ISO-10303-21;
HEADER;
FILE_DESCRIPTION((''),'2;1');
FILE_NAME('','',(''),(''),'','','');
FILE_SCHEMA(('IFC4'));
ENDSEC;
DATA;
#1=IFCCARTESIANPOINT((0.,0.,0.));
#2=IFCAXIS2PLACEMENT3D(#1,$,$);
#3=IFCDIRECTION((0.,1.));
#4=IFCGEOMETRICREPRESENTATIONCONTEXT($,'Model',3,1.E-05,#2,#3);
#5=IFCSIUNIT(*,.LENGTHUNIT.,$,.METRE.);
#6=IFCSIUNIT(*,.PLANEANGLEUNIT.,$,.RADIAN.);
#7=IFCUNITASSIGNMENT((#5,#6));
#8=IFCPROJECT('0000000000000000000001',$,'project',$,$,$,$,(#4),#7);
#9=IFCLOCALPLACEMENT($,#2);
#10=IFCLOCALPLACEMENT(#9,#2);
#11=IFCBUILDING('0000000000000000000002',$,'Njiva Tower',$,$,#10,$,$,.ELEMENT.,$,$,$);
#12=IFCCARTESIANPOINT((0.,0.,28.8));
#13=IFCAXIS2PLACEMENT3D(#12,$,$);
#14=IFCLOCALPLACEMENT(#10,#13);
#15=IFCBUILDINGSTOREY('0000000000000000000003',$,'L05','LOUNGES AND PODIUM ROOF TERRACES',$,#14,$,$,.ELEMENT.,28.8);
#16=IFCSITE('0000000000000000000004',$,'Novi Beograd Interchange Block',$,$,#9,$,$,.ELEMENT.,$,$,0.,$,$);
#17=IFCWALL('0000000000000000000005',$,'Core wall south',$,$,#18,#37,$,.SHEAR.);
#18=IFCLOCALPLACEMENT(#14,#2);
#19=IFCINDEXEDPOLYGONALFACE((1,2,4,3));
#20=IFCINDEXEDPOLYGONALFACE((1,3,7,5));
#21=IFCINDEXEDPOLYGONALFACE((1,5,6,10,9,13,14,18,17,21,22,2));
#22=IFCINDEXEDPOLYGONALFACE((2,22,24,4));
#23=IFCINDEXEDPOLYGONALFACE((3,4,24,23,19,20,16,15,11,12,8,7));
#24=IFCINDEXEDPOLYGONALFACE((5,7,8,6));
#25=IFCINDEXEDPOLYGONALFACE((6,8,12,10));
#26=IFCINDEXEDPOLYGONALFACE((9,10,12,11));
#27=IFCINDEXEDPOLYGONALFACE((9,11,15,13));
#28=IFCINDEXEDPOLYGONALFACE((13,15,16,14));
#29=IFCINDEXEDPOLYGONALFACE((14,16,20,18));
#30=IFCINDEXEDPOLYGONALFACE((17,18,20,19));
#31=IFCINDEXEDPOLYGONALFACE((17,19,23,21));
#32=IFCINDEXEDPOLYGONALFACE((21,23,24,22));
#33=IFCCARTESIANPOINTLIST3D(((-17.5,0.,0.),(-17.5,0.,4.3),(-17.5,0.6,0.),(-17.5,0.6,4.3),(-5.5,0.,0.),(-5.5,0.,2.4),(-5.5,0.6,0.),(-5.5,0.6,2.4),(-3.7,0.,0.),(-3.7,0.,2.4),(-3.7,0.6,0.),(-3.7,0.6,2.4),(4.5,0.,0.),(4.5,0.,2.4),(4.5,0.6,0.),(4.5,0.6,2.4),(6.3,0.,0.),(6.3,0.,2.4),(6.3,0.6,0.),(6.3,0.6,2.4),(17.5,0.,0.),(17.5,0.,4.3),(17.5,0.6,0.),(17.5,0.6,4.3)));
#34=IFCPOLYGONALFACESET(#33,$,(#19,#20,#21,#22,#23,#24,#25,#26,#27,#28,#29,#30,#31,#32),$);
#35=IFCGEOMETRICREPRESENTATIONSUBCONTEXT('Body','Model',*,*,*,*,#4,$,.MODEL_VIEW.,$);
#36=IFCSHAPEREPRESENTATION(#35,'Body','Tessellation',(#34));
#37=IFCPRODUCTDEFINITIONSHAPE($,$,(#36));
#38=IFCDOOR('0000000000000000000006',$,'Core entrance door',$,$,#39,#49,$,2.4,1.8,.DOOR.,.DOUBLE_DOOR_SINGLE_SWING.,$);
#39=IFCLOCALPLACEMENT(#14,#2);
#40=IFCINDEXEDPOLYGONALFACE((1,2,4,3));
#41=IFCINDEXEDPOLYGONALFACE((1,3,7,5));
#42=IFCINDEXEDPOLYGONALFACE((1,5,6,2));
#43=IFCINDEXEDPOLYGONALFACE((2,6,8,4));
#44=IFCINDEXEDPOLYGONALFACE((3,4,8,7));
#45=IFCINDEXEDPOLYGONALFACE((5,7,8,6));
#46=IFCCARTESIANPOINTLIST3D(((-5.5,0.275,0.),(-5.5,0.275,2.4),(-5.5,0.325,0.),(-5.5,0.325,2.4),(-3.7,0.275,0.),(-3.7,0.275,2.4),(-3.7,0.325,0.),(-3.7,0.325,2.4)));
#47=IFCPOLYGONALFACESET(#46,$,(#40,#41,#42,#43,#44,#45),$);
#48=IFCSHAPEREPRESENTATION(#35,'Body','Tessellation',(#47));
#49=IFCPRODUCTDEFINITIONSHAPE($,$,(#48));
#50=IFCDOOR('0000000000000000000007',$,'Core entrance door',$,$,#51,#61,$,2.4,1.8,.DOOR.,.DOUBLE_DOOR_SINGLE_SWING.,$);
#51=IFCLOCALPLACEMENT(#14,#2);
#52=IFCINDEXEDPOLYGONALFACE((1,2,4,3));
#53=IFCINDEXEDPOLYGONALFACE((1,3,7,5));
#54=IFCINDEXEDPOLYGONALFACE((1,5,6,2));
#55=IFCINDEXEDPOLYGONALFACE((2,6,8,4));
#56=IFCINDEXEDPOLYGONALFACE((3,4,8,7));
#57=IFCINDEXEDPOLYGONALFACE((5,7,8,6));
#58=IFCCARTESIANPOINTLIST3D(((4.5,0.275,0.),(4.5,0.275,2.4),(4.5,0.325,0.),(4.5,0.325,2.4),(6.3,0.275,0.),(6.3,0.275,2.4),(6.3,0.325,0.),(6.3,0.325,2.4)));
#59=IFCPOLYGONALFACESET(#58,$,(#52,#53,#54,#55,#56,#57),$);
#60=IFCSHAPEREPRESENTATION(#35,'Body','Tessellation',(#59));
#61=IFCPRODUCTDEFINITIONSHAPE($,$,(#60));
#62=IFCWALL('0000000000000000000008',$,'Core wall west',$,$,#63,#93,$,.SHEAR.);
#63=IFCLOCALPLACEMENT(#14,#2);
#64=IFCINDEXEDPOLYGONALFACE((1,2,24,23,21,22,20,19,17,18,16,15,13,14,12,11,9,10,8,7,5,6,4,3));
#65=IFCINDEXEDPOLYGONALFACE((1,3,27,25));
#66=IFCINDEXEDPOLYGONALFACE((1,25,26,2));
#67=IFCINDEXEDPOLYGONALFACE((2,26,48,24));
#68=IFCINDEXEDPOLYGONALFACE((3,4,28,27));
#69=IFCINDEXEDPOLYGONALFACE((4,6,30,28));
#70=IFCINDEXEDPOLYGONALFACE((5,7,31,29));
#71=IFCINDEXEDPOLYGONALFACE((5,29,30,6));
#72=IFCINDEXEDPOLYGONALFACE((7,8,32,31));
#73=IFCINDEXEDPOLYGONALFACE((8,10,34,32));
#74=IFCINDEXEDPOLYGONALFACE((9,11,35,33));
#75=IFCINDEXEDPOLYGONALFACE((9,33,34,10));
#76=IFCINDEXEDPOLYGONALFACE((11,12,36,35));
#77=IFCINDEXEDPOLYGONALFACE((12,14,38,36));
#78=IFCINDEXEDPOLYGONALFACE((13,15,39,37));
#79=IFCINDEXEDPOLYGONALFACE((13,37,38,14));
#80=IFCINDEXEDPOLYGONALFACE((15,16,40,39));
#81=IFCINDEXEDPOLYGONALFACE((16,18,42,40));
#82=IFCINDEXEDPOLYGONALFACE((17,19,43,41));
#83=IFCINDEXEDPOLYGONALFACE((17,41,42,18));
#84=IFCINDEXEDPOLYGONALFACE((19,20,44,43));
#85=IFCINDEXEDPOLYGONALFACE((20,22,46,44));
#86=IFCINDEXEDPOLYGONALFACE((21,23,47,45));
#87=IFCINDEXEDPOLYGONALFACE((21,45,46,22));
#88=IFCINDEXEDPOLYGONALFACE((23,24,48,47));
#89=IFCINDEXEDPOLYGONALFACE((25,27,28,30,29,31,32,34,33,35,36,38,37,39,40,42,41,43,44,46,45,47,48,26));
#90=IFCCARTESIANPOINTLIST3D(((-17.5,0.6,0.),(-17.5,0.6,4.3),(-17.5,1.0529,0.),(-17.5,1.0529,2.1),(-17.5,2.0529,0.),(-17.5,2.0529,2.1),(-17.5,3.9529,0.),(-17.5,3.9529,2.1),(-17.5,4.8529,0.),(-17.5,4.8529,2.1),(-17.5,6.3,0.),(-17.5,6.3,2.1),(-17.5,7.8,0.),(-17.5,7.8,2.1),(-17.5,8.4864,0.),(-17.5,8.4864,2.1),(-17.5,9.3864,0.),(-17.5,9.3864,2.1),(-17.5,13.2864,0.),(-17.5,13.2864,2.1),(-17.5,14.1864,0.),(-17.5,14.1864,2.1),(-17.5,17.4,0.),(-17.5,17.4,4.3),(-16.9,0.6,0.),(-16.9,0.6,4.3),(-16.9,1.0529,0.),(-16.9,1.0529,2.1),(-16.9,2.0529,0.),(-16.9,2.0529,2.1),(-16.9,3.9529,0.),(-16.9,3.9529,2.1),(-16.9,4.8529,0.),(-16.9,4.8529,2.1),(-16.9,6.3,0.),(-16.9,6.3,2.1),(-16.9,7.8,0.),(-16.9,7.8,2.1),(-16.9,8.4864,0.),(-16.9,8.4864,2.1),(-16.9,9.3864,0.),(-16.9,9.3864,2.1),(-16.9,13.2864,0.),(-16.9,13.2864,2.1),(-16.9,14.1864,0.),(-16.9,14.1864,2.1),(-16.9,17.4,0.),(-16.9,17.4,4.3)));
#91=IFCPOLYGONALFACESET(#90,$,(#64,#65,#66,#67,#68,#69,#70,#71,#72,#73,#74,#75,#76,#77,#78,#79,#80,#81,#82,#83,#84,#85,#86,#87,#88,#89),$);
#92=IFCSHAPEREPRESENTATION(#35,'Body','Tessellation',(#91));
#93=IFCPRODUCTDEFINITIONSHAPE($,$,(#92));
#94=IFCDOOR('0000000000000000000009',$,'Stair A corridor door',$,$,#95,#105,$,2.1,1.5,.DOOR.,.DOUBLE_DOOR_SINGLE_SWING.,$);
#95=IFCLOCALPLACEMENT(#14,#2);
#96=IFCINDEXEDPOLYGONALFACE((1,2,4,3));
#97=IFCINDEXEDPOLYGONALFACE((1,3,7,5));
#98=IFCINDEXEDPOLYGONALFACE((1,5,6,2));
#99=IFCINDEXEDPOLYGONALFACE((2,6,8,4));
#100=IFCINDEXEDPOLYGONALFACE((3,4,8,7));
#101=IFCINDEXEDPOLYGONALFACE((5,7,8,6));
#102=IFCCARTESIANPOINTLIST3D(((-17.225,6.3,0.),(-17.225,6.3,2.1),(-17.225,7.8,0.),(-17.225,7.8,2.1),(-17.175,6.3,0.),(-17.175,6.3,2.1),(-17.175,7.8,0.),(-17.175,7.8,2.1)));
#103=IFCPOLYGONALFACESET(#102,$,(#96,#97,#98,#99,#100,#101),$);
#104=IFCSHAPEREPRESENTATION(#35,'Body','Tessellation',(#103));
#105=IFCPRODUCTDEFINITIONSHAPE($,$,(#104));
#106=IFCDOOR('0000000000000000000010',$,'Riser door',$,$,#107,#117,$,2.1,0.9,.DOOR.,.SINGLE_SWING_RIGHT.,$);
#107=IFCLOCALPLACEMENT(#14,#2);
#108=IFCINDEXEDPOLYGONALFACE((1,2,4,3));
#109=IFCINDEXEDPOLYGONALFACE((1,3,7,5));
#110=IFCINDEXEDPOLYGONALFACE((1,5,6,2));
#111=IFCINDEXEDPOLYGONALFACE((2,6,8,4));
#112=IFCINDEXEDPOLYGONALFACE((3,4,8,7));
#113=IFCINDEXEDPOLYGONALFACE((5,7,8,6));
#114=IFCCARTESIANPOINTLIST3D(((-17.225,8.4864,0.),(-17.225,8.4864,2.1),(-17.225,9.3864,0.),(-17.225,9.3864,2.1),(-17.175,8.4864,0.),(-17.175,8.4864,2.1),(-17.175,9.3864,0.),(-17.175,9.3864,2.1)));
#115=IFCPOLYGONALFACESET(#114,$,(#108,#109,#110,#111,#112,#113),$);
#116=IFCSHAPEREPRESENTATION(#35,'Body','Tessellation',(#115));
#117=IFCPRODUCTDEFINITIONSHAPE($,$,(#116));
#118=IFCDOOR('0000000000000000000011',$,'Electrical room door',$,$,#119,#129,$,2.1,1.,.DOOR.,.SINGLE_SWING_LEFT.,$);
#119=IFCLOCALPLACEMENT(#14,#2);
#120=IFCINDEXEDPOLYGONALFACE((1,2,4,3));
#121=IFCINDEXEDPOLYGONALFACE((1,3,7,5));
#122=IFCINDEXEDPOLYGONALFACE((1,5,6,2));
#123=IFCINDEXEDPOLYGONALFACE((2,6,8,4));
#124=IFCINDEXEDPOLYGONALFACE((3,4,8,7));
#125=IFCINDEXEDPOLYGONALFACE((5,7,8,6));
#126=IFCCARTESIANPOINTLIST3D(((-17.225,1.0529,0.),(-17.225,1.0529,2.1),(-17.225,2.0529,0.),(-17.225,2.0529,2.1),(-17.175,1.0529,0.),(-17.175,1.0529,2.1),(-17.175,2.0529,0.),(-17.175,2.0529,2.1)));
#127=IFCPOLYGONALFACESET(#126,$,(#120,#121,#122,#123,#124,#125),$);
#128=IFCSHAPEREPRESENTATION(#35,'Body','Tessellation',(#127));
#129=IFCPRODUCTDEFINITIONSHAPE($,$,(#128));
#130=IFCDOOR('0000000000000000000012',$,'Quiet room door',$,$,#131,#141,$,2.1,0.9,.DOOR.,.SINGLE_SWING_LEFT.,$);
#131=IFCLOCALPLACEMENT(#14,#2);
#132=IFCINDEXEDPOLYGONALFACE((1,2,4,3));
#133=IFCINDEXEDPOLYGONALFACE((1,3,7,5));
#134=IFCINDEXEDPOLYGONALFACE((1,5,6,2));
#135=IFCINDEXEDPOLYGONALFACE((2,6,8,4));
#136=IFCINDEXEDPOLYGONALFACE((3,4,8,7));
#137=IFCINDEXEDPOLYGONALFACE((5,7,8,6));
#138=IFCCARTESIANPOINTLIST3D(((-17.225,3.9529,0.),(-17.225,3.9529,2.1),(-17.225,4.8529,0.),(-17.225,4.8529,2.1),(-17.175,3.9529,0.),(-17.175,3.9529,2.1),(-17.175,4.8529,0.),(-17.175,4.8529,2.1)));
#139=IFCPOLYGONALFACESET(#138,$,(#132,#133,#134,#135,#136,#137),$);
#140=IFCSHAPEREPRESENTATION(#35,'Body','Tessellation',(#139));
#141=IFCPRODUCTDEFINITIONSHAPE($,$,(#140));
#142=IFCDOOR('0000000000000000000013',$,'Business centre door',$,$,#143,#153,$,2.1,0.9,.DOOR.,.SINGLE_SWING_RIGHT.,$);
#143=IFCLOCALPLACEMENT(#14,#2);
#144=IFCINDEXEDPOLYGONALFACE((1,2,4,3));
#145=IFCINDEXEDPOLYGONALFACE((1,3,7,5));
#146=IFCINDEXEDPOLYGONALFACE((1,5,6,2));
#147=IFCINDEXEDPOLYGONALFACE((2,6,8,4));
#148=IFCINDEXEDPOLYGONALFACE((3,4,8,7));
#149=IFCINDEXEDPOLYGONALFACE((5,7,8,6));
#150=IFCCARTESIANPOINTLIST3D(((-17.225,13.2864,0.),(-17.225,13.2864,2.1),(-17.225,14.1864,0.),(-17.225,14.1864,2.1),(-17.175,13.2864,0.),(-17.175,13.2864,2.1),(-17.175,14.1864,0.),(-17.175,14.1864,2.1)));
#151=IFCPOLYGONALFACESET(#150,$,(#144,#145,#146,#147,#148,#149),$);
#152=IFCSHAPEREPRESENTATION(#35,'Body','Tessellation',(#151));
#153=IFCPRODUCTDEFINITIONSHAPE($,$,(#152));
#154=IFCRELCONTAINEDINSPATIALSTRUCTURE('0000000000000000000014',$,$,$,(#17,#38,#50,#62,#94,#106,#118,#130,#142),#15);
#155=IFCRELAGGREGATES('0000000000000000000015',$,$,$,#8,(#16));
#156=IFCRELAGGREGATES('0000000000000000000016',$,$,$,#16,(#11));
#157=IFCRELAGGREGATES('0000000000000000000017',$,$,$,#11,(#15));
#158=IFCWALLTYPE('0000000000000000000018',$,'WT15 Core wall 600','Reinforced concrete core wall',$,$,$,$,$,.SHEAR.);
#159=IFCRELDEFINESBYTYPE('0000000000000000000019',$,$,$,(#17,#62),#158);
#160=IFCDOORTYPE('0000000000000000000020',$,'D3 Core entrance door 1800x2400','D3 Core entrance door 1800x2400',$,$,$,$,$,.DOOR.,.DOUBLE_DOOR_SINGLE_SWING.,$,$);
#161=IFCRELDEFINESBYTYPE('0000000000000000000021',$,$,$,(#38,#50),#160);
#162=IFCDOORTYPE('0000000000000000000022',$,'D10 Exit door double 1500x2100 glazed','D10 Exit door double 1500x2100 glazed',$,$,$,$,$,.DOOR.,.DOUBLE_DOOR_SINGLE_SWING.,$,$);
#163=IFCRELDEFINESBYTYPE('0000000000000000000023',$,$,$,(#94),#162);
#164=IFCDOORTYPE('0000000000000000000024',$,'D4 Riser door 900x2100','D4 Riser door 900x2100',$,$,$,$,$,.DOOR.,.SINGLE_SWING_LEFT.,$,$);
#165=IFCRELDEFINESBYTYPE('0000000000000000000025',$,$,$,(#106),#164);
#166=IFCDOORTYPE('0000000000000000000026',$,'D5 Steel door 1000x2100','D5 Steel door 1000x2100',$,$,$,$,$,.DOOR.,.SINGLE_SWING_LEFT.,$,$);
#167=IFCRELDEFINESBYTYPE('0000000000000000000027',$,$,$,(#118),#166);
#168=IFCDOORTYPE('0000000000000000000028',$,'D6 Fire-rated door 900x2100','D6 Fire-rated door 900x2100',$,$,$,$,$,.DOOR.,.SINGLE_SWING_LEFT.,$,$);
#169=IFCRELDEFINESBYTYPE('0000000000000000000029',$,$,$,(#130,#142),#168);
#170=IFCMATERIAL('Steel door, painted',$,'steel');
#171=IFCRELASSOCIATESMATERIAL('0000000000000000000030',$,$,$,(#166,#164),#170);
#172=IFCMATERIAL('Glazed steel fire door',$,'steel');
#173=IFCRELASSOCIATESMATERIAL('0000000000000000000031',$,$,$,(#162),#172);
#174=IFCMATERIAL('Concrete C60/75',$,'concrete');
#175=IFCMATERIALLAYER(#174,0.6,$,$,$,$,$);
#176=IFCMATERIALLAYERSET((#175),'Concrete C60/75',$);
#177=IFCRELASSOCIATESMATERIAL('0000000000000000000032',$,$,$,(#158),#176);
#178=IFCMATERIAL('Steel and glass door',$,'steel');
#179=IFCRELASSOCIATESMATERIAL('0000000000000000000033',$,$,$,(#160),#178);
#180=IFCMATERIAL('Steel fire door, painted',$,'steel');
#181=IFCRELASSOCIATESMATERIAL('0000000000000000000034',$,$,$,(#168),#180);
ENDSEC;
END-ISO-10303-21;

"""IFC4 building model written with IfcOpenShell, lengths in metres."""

from ifc_helpers import new_model, si_unit, direction, frame, frame_2d, origin, place, context, subcontext, project, spatial, rectangle, extrude, material, layer, layer_set, type_object, element, fill, save


model = new_model("IFC4")

# Units and contexts
model_context = context("Model", 3, precision=1e-05, world=origin(), true_north=direction((0.0, 1.0)))
body_context = subcontext(model_context, "Body", "Model", "MODEL_VIEW")
ifc_project = project(units=[si_unit("LENGTHUNIT", "METRE"), si_unit("PLANEANGLEUNIT", "RADIAN")], contexts=[model_context])

# Site, building, storey
site_placement = place(None, origin())
site = spatial("IfcSite", under=ifc_project, at=site_placement, Name="Novi Beograd Interchange Block", CompositionType="ELEMENT", RefElevation=0.0)
building_placement = place(site_placement, origin())
building = spatial("IfcBuilding", under=site, at=building_placement, Name="Njiva Tower", CompositionType="ELEMENT")
storey_placement = place(building_placement, frame((0.0, 0.0, 28.8)))
storey = spatial("IfcBuildingStorey", under=building, at=storey_placement, Name="L05", Description="LOUNGES AND PODIUM ROOF TERRACES", CompositionType="ELEMENT", Elevation=28.8)

# Shared definitions
ifc_material_1 = material(Name="Steel door, painted", Category="steel")
door_type_1 = type_object("IfcDoorType", Name="D5 Steel door 1000x2100", Description="D5 Steel door 1000x2100", OperationType="SINGLE_SWING_LEFT", PredefinedType="DOOR", material=ifc_material_1)
ifc_material_2 = material(Name="Glazed steel fire door", Category="steel")

# Shared definitions
door_type_2 = type_object("IfcDoorType", Name="D10 Exit door double 1500x2100 glazed", Description="D10 Exit door double 1500x2100 glazed", OperationType="DOUBLE_DOOR_SINGLE_SWING", PredefinedType="DOOR", material=ifc_material_2)

# Walls, openings, doors
ifc_material_3 = material(Name="Concrete C60/75", Category="concrete")
ifc_layer_1 = layer(ifc_material_3, 0.6)
ifc_layer_set_1 = layer_set([ifc_layer_1], Name="Concrete C60/75")
wall_type_1 = type_object("IfcWallType", Name="WT15 Core wall 600", Description="Reinforced concrete core wall", PredefinedType="SHEAR", material=ifc_layer_set_1)
wall_1_placement = place(storey_placement, frame((-17.5, 0.3, 0.0), z_axis=(0.0, 0.0, 1.0), x_axis=(1.0, 0.0, 0.0)))
wall_1 = element("IfcWall", 1, at=wall_1_placement, inside=storey, type_object=wall_type_1, Name="Core wall south", PredefinedType="SHEAR", context=body_context, shape_type="SweptSolid", body=[
    extrude(rectangle(XDim=35.0, YDim=0.6, at=frame_2d((17.5, 0.0))), origin(), (0.0, 0.0, 1.0), 4.3),
])
opening_1_placement = place(wall_1_placement, frame((12.0, 0.0, 0.0)))
opening_1 = element("IfcOpeningElement", 2, at=opening_1_placement, cuts=wall_1, PredefinedType="OPENING", context=body_context, shape_type="SweptSolid", body=[
    extrude(rectangle(XDim=1.8, YDim=2.4, at=frame_2d((0.9, 1.2))), frame((0.0, 0.31, 0.0), z_axis=(0.0, -1.0, 0.0), x_axis=(1.0, 0.0, 0.0)), (0.0, 0.0, 1.0), 0.62),
])
opening_2_placement = place(wall_1_placement, frame((22.0, 0.0, 0.0)))
opening_2 = element("IfcOpeningElement", 3, at=opening_2_placement, cuts=wall_1, PredefinedType="OPENING", context=body_context, shape_type="SweptSolid", body=[
    extrude(rectangle(XDim=1.8, YDim=2.4, at=frame_2d((0.9, 1.2))), frame((0.0, 0.31, 0.0), z_axis=(0.0, -1.0, 0.0), x_axis=(1.0, 0.0, 0.0)), (0.0, 0.0, 1.0), 0.62),
])
ifc_material_4 = material(Name="Steel and glass door", Category="steel")
door_type_3 = type_object("IfcDoorType", Name="D3 Core entrance door 1800x2400", Description="D3 Core entrance door 1800x2400", OperationType="DOUBLE_DOOR_SINGLE_SWING", PredefinedType="DOOR", material=ifc_material_4)
door_1_placement = place(opening_1_placement, origin())
door_1 = element("IfcDoor", 4, at=door_1_placement, inside=storey, type_object=door_type_3, Name="Core entrance door", OperationType="DOUBLE_DOOR_SINGLE_SWING", OverallHeight=2.4, OverallWidth=1.8, PredefinedType="DOOR", context=body_context, shape_type="SweptSolid", body=[
    extrude(rectangle(XDim=1.8, YDim=2.4, at=frame_2d((0.9, 1.2))), frame((0.0, 0.025, 0.0), z_axis=(0.0, -1.0, 0.0), x_axis=(1.0, 0.0, 0.0)), (0.0, 0.0, 1.0), 0.05),
])
fill(opening_1, door_1)
door_2_placement = place(opening_2_placement, origin())
door_2 = element("IfcDoor", 5, at=door_2_placement, inside=storey, type_object=door_type_3, Name="Core entrance door", OperationType="DOUBLE_DOOR_SINGLE_SWING", OverallHeight=2.4, OverallWidth=1.8, PredefinedType="DOOR", context=body_context, shape_type="SweptSolid", body=[
    extrude(rectangle(XDim=1.8, YDim=2.4, at=frame_2d((0.9, 1.2))), frame((0.0, 0.025, 0.0), z_axis=(0.0, -1.0, 0.0), x_axis=(1.0, 0.0, 0.0)), (0.0, 0.0, 1.0), 0.05),
])
fill(opening_2, door_2)
wall_2_placement = place(storey_placement, frame((-17.2, 0.6, 0.0), z_axis=(0.0, 0.0, 1.0), x_axis=(0.0, 1.0, 0.0)))
wall_2 = element("IfcWall", 6, at=wall_2_placement, inside=storey, type_object=wall_type_1, Name="Core wall west", PredefinedType="SHEAR", context=body_context, shape_type="SweptSolid", body=[
    extrude(rectangle(XDim=16.8, YDim=0.6, at=frame_2d((8.4, 0.0))), origin(), (0.0, 0.0, 1.0), 4.3),
])
opening_3_placement = place(wall_2_placement, frame((5.7, 0.0, 0.0)))
opening_3 = element("IfcOpeningElement", 7, at=opening_3_placement, cuts=wall_2, PredefinedType="OPENING", context=body_context, shape_type="SweptSolid", body=[
    extrude(rectangle(XDim=1.5, YDim=2.1, at=frame_2d((0.75, 1.05))), frame((0.0, 0.31, 0.0), z_axis=(0.0, -1.0, 0.0), x_axis=(1.0, 0.0, 0.0)), (0.0, 0.0, 1.0), 0.62),
])
opening_4_placement = place(wall_2_placement, frame((0.4529, 0.0, 0.0)))
opening_4 = element("IfcOpeningElement", 8, at=opening_4_placement, cuts=wall_2, PredefinedType="OPENING", context=body_context, shape_type="SweptSolid", body=[
    extrude(rectangle(XDim=1.0, YDim=2.1, at=frame_2d((0.5, 1.05))), frame((0.0, 0.31, 0.0), z_axis=(0.0, -1.0, 0.0), x_axis=(1.0, 0.0, 0.0)), (0.0, 0.0, 1.0), 0.62),
])
opening_5_placement = place(wall_2_placement, frame((3.3529, 0.0, 0.0)))
opening_5 = element("IfcOpeningElement", 9, at=opening_5_placement, cuts=wall_2, PredefinedType="OPENING", context=body_context, shape_type="SweptSolid", body=[
    extrude(rectangle(XDim=0.9, YDim=2.1, at=frame_2d((0.45, 1.05))), frame((0.0, 0.31, 0.0), z_axis=(0.0, -1.0, 0.0), x_axis=(1.0, 0.0, 0.0)), (0.0, 0.0, 1.0), 0.62),
])
opening_6_placement = place(wall_2_placement, frame((7.8864, 0.0, 0.0)))
opening_6 = element("IfcOpeningElement", 10, at=opening_6_placement, cuts=wall_2, PredefinedType="OPENING", context=body_context, shape_type="SweptSolid", body=[
    extrude(rectangle(XDim=0.9, YDim=2.1, at=frame_2d((0.45, 1.05))), frame((0.0, 0.31, 0.0), z_axis=(0.0, -1.0, 0.0), x_axis=(1.0, 0.0, 0.0)), (0.0, 0.0, 1.0), 0.62),
])
opening_7_placement = place(wall_2_placement, frame((12.6864, 0.0, 0.0)))
opening_7 = element("IfcOpeningElement", 11, at=opening_7_placement, cuts=wall_2, PredefinedType="OPENING", context=body_context, shape_type="SweptSolid", body=[
    extrude(rectangle(XDim=0.9, YDim=2.1, at=frame_2d((0.45, 1.05))), frame((0.0, 0.31, 0.0), z_axis=(0.0, -1.0, 0.0), x_axis=(1.0, 0.0, 0.0)), (0.0, 0.0, 1.0), 0.62),
])
door_3_placement = place(opening_3_placement, origin())
door_3 = element("IfcDoor", 12, at=door_3_placement, inside=storey, type_object=door_type_2, Name="Stair A corridor door", OperationType="DOUBLE_DOOR_SINGLE_SWING", OverallHeight=2.1, OverallWidth=1.5, PredefinedType="DOOR", context=body_context, shape_type="SweptSolid", body=[
    extrude(rectangle(XDim=1.5, YDim=2.1, at=frame_2d((0.75, 1.05))), frame((0.0, 0.025, 0.0), z_axis=(0.0, -1.0, 0.0), x_axis=(1.0, 0.0, 0.0)), (0.0, 0.0, 1.0), 0.05),
])
fill(opening_3, door_3)
door_type_4 = type_object("IfcDoorType", Name="D4 Riser door 900x2100", Description="D4 Riser door 900x2100", OperationType="SINGLE_SWING_LEFT", PredefinedType="DOOR", material=ifc_material_1)
door_4_placement = place(opening_6_placement, origin())
door_4 = element("IfcDoor", 13, at=door_4_placement, inside=storey, type_object=door_type_4, Name="Riser door", OperationType="SINGLE_SWING_RIGHT", OverallHeight=2.1, OverallWidth=0.9, PredefinedType="DOOR", context=body_context, shape_type="SweptSolid", body=[
    extrude(rectangle(XDim=0.9, YDim=2.1, at=frame_2d((0.45, 1.05))), frame((0.0, 0.025, 0.0), z_axis=(0.0, -1.0, 0.0), x_axis=(1.0, 0.0, 0.0)), (0.0, 0.0, 1.0), 0.05),
])
fill(opening_6, door_4)
door_5_placement = place(opening_4_placement, origin())
door_5 = element("IfcDoor", 14, at=door_5_placement, inside=storey, type_object=door_type_1, Name="Electrical room door", OperationType="SINGLE_SWING_LEFT", OverallHeight=2.1, OverallWidth=1.0, PredefinedType="DOOR", context=body_context, shape_type="SweptSolid", body=[
    extrude(rectangle(XDim=1.0, YDim=2.1, at=frame_2d((0.5, 1.05))), frame((0.0, 0.025, 0.0), z_axis=(0.0, -1.0, 0.0), x_axis=(1.0, 0.0, 0.0)), (0.0, 0.0, 1.0), 0.05),
])
fill(opening_4, door_5)
ifc_material_5 = material(Name="Steel fire door, painted", Category="steel")
door_type_5 = type_object("IfcDoorType", Name="D6 Fire-rated door 900x2100", Description="D6 Fire-rated door 900x2100", OperationType="SINGLE_SWING_LEFT", PredefinedType="DOOR", material=ifc_material_5)
door_6_placement = place(opening_5_placement, origin())
door_6 = element("IfcDoor", 15, at=door_6_placement, inside=storey, type_object=door_type_5, Name="Quiet room door", OperationType="SINGLE_SWING_LEFT", OverallHeight=2.1, OverallWidth=0.9, PredefinedType="DOOR", context=body_context, shape_type="SweptSolid", body=[
    extrude(rectangle(XDim=0.9, YDim=2.1, at=frame_2d((0.45, 1.05))), frame((0.0, 0.025, 0.0), z_axis=(0.0, -1.0, 0.0), x_axis=(1.0, 0.0, 0.0)), (0.0, 0.0, 1.0), 0.05),
])
fill(opening_5, door_6)
door_7_placement = place(opening_7_placement, origin())
door_7 = element("IfcDoor", 16, at=door_7_placement, inside=storey, type_object=door_type_5, Name="Business centre door", OperationType="SINGLE_SWING_RIGHT", OverallHeight=2.1, OverallWidth=0.9, PredefinedType="DOOR", context=body_context, shape_type="SweptSolid", body=[
    extrude(rectangle(XDim=0.9, YDim=2.1, at=frame_2d((0.45, 1.05))), frame((0.0, 0.025, 0.0), z_axis=(0.0, -1.0, 0.0), x_axis=(1.0, 0.0, 0.0)), (0.0, 0.0, 1.0), 0.05),
])
fill(opening_7, door_7)

save(model, "model.ifc")
